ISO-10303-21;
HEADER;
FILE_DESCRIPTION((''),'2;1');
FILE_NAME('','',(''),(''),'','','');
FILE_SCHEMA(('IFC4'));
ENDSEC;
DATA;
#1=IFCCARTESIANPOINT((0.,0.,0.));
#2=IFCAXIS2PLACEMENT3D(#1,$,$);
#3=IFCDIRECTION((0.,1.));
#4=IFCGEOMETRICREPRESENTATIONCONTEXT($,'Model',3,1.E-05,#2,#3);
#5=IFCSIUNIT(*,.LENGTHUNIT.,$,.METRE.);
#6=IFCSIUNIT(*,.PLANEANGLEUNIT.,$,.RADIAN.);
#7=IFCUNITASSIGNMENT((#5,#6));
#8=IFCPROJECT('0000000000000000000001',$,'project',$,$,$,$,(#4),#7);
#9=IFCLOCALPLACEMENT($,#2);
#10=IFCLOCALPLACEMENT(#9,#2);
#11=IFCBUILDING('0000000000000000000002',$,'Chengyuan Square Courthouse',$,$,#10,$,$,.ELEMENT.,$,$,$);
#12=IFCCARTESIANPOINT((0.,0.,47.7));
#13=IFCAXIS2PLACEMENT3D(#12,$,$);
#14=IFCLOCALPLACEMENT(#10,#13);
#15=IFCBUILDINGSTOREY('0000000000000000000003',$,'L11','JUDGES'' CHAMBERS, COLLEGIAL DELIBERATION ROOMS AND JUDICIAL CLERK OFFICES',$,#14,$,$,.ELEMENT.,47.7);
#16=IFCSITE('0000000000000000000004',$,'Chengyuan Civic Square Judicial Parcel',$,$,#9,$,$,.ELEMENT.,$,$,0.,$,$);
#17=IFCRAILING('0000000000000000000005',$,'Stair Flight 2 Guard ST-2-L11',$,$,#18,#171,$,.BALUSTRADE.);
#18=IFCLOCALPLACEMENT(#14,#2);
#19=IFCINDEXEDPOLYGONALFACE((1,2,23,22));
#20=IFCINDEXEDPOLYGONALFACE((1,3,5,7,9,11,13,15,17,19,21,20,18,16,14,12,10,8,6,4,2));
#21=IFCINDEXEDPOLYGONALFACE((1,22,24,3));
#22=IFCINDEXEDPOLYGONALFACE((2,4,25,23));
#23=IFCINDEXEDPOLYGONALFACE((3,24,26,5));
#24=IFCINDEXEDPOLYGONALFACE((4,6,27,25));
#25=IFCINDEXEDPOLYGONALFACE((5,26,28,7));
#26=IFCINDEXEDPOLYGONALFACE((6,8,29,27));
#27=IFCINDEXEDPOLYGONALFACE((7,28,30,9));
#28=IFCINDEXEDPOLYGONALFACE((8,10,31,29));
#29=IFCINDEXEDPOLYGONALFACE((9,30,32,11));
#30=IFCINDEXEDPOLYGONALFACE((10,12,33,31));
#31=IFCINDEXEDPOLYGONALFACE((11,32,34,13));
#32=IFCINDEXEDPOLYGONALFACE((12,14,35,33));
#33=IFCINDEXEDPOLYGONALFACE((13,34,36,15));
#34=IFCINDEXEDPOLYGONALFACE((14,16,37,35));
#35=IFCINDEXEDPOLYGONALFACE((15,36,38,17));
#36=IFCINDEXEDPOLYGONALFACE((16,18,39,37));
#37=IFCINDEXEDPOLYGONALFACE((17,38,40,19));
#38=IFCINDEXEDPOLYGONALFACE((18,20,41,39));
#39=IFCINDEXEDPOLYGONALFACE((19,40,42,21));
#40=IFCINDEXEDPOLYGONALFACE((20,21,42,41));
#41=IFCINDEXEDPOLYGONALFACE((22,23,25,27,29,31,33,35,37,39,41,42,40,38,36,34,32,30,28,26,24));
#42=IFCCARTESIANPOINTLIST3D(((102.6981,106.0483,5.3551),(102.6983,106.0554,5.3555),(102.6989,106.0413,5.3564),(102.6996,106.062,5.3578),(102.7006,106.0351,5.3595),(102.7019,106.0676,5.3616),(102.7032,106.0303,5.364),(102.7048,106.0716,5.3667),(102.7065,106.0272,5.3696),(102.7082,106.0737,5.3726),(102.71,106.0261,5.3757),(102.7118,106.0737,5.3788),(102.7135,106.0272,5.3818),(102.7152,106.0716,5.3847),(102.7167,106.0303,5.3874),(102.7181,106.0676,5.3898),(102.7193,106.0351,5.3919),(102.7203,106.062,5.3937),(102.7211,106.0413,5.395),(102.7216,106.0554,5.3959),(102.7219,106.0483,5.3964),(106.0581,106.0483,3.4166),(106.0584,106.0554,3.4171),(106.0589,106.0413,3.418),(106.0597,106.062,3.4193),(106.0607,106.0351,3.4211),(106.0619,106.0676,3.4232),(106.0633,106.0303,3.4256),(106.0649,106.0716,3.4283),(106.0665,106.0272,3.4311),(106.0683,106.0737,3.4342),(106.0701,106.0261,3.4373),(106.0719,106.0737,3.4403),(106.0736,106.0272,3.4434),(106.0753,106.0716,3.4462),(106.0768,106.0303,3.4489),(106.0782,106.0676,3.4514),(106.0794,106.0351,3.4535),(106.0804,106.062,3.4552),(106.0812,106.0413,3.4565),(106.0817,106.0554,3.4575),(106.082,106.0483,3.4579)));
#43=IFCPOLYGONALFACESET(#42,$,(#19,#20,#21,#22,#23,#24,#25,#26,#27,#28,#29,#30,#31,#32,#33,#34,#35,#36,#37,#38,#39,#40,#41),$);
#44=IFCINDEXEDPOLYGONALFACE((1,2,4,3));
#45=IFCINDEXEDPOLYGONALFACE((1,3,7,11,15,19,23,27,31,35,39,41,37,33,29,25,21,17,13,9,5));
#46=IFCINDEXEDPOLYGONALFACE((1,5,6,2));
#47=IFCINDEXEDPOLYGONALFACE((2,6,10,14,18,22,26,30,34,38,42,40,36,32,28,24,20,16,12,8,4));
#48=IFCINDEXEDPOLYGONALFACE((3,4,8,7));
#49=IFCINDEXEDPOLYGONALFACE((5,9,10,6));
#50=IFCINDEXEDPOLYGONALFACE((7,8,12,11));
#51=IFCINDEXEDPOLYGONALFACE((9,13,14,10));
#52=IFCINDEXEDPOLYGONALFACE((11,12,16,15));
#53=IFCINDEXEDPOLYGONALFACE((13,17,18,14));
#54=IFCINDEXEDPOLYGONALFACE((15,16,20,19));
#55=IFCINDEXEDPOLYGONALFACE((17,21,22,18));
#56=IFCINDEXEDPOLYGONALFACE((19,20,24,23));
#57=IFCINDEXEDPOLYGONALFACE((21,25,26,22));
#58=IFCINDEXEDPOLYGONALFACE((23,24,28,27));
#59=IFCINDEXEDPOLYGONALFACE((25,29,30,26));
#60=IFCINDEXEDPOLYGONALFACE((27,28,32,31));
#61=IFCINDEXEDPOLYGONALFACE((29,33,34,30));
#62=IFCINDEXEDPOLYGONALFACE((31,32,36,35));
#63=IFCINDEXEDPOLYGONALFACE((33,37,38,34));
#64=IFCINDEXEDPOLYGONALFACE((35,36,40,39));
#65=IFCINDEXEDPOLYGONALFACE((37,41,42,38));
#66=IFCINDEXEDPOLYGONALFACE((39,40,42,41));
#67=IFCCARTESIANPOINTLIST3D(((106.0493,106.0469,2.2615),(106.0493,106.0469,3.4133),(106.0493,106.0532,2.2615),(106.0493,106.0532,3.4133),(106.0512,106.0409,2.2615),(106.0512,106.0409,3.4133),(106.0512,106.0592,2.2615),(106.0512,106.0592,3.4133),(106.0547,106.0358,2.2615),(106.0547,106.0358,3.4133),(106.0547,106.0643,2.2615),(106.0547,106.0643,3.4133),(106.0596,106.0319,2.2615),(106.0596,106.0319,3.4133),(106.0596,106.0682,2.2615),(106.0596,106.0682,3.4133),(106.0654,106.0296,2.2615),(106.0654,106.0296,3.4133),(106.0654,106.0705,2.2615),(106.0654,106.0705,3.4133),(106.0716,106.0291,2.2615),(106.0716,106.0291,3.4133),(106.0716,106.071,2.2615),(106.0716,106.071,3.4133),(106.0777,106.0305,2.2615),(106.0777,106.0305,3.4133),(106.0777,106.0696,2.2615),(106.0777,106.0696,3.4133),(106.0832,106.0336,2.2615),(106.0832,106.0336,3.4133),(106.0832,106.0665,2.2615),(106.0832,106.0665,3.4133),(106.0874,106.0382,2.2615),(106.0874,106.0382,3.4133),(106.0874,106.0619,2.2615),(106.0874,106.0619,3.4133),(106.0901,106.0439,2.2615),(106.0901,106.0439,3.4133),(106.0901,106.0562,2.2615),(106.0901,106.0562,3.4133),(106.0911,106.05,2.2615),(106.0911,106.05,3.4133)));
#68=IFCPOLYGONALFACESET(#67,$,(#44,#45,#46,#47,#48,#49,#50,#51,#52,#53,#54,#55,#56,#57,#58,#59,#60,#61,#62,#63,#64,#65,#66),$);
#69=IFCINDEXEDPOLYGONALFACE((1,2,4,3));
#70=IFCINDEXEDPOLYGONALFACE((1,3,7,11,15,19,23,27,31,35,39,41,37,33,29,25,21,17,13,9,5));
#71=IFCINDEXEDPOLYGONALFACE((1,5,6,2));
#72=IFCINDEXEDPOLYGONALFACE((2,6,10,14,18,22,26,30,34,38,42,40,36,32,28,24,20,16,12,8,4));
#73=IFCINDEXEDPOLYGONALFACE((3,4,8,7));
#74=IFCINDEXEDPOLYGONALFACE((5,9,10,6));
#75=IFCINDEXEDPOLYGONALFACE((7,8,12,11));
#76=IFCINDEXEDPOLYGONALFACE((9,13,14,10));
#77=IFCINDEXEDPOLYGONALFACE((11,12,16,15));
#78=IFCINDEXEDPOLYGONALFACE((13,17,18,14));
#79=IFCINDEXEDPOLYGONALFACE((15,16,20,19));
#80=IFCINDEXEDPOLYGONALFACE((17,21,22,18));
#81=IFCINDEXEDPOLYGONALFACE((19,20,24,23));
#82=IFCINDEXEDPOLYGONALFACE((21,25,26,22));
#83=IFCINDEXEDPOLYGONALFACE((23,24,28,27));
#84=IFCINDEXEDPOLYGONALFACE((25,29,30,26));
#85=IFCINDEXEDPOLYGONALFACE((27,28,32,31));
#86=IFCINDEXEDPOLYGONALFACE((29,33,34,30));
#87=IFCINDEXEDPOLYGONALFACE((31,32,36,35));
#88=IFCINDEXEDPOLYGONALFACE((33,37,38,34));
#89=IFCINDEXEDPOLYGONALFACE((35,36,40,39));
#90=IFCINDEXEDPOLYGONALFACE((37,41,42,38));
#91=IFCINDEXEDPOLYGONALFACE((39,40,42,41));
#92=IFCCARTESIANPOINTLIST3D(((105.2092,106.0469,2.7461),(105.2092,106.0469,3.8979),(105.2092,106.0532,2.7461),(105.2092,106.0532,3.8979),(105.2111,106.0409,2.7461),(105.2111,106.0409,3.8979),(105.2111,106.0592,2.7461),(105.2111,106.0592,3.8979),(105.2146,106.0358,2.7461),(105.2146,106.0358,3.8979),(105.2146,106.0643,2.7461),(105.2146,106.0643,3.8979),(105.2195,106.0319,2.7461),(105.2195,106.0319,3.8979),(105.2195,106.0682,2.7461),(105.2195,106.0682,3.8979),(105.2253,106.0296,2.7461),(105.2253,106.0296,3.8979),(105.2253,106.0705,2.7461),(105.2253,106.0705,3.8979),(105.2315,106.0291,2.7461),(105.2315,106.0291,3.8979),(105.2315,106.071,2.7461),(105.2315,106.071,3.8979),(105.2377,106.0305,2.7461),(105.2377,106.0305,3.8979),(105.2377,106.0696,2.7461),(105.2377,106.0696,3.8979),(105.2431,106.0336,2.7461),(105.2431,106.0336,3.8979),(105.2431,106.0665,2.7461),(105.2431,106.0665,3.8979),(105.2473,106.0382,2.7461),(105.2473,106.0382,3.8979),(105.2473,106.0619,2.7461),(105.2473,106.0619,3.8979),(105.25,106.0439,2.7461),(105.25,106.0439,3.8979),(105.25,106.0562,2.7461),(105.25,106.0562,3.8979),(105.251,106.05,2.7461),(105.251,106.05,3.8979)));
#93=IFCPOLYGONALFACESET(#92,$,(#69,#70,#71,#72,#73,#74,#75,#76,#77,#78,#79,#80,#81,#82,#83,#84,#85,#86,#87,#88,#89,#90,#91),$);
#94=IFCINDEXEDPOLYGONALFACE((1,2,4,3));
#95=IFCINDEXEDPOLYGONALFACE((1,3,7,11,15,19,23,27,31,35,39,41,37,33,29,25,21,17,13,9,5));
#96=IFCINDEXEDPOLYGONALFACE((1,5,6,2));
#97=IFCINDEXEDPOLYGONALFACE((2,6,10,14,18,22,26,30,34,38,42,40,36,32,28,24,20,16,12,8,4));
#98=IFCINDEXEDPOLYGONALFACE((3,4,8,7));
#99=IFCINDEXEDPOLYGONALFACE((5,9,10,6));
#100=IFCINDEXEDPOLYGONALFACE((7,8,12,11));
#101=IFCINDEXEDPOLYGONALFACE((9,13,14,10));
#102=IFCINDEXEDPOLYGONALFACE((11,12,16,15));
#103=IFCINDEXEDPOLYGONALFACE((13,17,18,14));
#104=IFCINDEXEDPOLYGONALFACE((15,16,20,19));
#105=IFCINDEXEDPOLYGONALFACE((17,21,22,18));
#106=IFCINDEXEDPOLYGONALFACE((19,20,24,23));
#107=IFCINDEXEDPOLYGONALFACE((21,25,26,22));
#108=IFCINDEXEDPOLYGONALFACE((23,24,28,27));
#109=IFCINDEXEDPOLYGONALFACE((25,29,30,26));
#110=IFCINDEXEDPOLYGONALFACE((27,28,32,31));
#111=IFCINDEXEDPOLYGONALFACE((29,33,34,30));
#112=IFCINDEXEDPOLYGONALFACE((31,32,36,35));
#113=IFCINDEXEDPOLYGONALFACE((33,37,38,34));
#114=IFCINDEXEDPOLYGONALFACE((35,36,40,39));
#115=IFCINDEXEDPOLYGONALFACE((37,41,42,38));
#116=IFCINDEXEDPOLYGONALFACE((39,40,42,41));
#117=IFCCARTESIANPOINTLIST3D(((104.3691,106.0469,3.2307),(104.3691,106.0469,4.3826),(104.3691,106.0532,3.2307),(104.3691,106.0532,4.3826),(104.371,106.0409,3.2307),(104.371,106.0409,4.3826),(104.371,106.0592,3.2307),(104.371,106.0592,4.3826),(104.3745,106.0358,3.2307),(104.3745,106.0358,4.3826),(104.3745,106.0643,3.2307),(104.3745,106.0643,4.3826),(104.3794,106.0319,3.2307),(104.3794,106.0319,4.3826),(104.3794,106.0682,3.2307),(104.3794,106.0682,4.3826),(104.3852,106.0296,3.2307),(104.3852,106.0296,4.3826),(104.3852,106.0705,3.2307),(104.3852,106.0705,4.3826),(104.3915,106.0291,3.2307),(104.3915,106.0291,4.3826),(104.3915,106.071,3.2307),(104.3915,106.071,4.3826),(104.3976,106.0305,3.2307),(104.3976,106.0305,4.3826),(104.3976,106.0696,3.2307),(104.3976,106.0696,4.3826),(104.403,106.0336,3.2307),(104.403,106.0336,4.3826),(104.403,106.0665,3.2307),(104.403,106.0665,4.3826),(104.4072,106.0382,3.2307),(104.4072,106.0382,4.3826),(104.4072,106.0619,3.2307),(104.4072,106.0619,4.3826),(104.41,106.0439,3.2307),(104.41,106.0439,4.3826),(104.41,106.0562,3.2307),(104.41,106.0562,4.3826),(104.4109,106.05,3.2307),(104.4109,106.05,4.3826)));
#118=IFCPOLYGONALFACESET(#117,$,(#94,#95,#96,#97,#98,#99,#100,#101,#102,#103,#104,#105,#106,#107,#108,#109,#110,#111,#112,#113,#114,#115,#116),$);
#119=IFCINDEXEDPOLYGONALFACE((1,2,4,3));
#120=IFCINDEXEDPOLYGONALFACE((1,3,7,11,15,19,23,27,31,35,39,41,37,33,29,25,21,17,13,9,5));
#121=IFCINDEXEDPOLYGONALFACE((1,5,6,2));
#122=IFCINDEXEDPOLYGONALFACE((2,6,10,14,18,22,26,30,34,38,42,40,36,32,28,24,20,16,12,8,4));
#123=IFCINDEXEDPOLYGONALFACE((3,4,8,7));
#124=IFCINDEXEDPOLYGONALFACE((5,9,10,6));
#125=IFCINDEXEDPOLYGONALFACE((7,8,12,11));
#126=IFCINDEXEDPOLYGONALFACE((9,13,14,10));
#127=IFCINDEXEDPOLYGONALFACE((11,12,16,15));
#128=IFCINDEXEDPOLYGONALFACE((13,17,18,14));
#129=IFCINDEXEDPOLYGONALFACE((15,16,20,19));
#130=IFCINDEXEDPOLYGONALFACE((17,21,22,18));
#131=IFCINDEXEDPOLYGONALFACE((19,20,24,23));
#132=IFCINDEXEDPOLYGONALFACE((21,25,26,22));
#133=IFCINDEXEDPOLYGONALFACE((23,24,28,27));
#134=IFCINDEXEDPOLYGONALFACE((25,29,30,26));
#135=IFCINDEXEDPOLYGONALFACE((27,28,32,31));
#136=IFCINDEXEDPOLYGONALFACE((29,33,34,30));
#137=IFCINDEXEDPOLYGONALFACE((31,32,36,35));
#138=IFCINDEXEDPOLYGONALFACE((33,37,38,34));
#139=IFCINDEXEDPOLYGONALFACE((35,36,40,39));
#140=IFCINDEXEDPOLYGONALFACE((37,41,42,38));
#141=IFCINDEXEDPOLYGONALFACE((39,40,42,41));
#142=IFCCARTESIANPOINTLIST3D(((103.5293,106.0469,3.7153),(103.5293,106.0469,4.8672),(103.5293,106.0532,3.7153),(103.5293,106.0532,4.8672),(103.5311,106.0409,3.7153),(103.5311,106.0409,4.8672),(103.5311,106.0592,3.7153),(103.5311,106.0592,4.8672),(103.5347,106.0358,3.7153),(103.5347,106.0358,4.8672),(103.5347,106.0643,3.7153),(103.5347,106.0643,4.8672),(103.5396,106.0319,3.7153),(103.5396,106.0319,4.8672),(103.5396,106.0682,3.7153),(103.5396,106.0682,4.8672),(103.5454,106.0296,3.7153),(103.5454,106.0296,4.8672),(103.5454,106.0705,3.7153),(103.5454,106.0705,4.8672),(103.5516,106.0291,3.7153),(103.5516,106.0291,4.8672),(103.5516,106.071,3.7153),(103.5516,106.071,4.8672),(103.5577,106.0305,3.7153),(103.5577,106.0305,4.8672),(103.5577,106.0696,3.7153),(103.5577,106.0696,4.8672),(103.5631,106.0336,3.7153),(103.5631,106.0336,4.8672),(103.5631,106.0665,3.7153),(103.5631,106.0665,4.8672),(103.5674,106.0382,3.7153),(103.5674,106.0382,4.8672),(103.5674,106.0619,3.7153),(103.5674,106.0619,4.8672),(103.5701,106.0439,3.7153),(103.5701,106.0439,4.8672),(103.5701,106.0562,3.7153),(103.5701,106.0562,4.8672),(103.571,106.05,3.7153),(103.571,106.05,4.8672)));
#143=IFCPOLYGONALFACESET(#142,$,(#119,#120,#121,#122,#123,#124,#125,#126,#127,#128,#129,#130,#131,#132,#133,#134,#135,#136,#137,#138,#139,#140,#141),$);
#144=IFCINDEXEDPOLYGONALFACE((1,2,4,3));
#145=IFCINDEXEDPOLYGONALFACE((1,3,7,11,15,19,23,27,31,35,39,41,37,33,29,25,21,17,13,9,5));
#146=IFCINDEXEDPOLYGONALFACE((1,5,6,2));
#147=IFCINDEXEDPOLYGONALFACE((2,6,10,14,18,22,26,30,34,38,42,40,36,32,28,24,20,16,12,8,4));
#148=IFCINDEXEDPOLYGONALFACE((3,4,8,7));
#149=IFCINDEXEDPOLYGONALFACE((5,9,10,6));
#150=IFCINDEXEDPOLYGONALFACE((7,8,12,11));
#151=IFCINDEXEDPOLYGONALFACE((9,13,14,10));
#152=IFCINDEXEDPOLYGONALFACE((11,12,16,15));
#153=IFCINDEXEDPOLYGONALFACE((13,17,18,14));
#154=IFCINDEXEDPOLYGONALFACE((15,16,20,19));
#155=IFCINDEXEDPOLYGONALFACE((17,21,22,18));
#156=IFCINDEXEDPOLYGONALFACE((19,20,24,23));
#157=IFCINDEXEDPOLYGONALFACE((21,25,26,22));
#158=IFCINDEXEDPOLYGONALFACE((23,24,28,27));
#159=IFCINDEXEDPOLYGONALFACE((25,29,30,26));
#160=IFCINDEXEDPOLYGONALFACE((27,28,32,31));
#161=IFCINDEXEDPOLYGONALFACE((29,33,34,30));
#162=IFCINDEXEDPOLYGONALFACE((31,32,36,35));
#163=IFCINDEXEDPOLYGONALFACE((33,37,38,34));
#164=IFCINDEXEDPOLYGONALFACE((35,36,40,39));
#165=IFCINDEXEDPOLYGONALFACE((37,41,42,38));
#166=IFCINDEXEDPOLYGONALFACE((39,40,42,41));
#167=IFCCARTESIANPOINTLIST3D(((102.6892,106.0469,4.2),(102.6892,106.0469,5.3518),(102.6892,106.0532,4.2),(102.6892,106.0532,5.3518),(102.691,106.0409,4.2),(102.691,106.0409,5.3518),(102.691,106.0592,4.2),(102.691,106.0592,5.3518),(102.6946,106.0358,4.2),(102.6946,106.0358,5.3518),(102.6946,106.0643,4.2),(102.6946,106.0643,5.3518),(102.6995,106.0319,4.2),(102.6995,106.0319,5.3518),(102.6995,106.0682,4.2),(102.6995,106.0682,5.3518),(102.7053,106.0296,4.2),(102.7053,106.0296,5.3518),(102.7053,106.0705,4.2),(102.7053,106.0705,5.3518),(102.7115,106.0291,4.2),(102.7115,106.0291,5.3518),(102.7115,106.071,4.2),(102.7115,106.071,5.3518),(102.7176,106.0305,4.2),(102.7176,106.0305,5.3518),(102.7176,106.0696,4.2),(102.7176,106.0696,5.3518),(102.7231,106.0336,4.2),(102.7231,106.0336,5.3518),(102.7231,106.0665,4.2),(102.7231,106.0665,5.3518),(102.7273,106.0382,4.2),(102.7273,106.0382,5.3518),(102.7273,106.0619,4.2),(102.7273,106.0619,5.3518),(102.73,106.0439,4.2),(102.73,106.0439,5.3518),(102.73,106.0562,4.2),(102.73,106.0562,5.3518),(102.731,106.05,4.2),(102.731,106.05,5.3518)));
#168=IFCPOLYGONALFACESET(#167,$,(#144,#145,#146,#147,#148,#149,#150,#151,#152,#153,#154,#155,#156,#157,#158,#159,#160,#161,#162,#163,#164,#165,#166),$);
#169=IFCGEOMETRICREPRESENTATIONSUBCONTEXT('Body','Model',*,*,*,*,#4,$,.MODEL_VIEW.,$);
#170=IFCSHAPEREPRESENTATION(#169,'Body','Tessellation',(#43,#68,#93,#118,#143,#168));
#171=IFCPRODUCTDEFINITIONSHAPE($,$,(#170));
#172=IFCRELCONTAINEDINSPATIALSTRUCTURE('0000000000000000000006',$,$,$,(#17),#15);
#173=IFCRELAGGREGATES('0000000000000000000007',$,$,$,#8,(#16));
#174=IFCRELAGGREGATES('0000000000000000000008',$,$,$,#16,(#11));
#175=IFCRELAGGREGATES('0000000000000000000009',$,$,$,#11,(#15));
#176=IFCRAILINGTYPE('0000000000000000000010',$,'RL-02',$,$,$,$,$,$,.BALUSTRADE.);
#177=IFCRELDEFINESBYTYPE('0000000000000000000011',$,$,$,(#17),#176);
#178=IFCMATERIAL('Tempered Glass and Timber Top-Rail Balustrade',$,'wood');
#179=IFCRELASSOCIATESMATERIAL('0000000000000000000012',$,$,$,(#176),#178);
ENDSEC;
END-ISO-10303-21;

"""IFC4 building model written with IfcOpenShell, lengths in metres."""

from ifc_helpers import new_model, si_unit, direction, frame, origin, origin_2d, place, context, subcontext, project, spatial, circle, extrude, material, type_object, element, save


model = new_model("IFC4")

# Units and contexts
model_context = context("Model", 3, precision=1e-05, world=origin(), true_north=direction((0.0, 1.0)))
body_context = subcontext(model_context, "Body", "Model", "MODEL_VIEW")
ifc_project = project(units=[si_unit("LENGTHUNIT", "METRE"), si_unit("PLANEANGLEUNIT", "RADIAN")], contexts=[model_context])

# Site, building, storey
site_placement = place(None, origin())
site = spatial("IfcSite", under=ifc_project, at=site_placement, Name="Chengyuan Civic Square Judicial Parcel", CompositionType="ELEMENT", RefElevation=0.0)
building_placement = place(site_placement, origin())
building = spatial("IfcBuilding", under=site, at=building_placement, Name="Chengyuan Square Courthouse", CompositionType="ELEMENT")
storey_placement = place(building_placement, frame((0.0, 0.0, 47.7)))
storey = spatial("IfcBuildingStorey", under=building, at=storey_placement, Name="L11", Description="JUDGES' CHAMBERS, COLLEGIAL DELIBERATION ROOMS AND JUDICIAL CLERK OFFICES", CompositionType="ELEMENT", Elevation=47.7)

# Railing
ifc_material_1 = material(Name="Tempered Glass and Timber Top-Rail Balustrade", Category="wood")
railing_type_1 = type_object("IfcRailingType", Name="RL-02", PredefinedType="BALUSTRADE", material=ifc_material_1)
railing_1_placement = place(storey_placement, frame((106.0701, 106.05, 2.2615)))
element("IfcRailing", 1, at=railing_1_placement, inside=storey, type_object=railing_type_1, Name="Stair Flight 2 Guard ST-2-L11", PredefinedType="BALUSTRADE", context=body_context, shape_type="SweptSolid", body=[
    extrude(circle(Radius=0.0239, at=origin_2d()), frame((0.0, 0.0, 1.1758), z_axis=(-0.866191, 0.0, 0.499713), x_axis=(0.0, -1.0, 0.0)), (0.0, 0.0, 1.0), 3.8792),
    extrude(circle(Radius=0.021, at=origin_2d()), origin(), (0.0, 0.0, 1.0), 1.1519),
    extrude(circle(Radius=0.021, at=origin_2d()), frame((-0.8401, 0.0, 0.4846)), (0.0, 0.0, 1.0), 1.1519),
    extrude(circle(Radius=0.021, at=origin_2d()), frame((-1.6802, 0.0, 0.9692)), (0.0, 0.0, 1.0), 1.1519),
    extrude(circle(Radius=0.021, at=origin_2d()), frame((-2.52, 0.0, 1.4539)), (0.0, 0.0, 1.0), 1.1519),
    extrude(circle(Radius=0.021, at=origin_2d()), frame((-3.3601, 0.0, 1.9385)), (0.0, 0.0, 1.0), 1.1519),
])

save(model, "model.ifc")
